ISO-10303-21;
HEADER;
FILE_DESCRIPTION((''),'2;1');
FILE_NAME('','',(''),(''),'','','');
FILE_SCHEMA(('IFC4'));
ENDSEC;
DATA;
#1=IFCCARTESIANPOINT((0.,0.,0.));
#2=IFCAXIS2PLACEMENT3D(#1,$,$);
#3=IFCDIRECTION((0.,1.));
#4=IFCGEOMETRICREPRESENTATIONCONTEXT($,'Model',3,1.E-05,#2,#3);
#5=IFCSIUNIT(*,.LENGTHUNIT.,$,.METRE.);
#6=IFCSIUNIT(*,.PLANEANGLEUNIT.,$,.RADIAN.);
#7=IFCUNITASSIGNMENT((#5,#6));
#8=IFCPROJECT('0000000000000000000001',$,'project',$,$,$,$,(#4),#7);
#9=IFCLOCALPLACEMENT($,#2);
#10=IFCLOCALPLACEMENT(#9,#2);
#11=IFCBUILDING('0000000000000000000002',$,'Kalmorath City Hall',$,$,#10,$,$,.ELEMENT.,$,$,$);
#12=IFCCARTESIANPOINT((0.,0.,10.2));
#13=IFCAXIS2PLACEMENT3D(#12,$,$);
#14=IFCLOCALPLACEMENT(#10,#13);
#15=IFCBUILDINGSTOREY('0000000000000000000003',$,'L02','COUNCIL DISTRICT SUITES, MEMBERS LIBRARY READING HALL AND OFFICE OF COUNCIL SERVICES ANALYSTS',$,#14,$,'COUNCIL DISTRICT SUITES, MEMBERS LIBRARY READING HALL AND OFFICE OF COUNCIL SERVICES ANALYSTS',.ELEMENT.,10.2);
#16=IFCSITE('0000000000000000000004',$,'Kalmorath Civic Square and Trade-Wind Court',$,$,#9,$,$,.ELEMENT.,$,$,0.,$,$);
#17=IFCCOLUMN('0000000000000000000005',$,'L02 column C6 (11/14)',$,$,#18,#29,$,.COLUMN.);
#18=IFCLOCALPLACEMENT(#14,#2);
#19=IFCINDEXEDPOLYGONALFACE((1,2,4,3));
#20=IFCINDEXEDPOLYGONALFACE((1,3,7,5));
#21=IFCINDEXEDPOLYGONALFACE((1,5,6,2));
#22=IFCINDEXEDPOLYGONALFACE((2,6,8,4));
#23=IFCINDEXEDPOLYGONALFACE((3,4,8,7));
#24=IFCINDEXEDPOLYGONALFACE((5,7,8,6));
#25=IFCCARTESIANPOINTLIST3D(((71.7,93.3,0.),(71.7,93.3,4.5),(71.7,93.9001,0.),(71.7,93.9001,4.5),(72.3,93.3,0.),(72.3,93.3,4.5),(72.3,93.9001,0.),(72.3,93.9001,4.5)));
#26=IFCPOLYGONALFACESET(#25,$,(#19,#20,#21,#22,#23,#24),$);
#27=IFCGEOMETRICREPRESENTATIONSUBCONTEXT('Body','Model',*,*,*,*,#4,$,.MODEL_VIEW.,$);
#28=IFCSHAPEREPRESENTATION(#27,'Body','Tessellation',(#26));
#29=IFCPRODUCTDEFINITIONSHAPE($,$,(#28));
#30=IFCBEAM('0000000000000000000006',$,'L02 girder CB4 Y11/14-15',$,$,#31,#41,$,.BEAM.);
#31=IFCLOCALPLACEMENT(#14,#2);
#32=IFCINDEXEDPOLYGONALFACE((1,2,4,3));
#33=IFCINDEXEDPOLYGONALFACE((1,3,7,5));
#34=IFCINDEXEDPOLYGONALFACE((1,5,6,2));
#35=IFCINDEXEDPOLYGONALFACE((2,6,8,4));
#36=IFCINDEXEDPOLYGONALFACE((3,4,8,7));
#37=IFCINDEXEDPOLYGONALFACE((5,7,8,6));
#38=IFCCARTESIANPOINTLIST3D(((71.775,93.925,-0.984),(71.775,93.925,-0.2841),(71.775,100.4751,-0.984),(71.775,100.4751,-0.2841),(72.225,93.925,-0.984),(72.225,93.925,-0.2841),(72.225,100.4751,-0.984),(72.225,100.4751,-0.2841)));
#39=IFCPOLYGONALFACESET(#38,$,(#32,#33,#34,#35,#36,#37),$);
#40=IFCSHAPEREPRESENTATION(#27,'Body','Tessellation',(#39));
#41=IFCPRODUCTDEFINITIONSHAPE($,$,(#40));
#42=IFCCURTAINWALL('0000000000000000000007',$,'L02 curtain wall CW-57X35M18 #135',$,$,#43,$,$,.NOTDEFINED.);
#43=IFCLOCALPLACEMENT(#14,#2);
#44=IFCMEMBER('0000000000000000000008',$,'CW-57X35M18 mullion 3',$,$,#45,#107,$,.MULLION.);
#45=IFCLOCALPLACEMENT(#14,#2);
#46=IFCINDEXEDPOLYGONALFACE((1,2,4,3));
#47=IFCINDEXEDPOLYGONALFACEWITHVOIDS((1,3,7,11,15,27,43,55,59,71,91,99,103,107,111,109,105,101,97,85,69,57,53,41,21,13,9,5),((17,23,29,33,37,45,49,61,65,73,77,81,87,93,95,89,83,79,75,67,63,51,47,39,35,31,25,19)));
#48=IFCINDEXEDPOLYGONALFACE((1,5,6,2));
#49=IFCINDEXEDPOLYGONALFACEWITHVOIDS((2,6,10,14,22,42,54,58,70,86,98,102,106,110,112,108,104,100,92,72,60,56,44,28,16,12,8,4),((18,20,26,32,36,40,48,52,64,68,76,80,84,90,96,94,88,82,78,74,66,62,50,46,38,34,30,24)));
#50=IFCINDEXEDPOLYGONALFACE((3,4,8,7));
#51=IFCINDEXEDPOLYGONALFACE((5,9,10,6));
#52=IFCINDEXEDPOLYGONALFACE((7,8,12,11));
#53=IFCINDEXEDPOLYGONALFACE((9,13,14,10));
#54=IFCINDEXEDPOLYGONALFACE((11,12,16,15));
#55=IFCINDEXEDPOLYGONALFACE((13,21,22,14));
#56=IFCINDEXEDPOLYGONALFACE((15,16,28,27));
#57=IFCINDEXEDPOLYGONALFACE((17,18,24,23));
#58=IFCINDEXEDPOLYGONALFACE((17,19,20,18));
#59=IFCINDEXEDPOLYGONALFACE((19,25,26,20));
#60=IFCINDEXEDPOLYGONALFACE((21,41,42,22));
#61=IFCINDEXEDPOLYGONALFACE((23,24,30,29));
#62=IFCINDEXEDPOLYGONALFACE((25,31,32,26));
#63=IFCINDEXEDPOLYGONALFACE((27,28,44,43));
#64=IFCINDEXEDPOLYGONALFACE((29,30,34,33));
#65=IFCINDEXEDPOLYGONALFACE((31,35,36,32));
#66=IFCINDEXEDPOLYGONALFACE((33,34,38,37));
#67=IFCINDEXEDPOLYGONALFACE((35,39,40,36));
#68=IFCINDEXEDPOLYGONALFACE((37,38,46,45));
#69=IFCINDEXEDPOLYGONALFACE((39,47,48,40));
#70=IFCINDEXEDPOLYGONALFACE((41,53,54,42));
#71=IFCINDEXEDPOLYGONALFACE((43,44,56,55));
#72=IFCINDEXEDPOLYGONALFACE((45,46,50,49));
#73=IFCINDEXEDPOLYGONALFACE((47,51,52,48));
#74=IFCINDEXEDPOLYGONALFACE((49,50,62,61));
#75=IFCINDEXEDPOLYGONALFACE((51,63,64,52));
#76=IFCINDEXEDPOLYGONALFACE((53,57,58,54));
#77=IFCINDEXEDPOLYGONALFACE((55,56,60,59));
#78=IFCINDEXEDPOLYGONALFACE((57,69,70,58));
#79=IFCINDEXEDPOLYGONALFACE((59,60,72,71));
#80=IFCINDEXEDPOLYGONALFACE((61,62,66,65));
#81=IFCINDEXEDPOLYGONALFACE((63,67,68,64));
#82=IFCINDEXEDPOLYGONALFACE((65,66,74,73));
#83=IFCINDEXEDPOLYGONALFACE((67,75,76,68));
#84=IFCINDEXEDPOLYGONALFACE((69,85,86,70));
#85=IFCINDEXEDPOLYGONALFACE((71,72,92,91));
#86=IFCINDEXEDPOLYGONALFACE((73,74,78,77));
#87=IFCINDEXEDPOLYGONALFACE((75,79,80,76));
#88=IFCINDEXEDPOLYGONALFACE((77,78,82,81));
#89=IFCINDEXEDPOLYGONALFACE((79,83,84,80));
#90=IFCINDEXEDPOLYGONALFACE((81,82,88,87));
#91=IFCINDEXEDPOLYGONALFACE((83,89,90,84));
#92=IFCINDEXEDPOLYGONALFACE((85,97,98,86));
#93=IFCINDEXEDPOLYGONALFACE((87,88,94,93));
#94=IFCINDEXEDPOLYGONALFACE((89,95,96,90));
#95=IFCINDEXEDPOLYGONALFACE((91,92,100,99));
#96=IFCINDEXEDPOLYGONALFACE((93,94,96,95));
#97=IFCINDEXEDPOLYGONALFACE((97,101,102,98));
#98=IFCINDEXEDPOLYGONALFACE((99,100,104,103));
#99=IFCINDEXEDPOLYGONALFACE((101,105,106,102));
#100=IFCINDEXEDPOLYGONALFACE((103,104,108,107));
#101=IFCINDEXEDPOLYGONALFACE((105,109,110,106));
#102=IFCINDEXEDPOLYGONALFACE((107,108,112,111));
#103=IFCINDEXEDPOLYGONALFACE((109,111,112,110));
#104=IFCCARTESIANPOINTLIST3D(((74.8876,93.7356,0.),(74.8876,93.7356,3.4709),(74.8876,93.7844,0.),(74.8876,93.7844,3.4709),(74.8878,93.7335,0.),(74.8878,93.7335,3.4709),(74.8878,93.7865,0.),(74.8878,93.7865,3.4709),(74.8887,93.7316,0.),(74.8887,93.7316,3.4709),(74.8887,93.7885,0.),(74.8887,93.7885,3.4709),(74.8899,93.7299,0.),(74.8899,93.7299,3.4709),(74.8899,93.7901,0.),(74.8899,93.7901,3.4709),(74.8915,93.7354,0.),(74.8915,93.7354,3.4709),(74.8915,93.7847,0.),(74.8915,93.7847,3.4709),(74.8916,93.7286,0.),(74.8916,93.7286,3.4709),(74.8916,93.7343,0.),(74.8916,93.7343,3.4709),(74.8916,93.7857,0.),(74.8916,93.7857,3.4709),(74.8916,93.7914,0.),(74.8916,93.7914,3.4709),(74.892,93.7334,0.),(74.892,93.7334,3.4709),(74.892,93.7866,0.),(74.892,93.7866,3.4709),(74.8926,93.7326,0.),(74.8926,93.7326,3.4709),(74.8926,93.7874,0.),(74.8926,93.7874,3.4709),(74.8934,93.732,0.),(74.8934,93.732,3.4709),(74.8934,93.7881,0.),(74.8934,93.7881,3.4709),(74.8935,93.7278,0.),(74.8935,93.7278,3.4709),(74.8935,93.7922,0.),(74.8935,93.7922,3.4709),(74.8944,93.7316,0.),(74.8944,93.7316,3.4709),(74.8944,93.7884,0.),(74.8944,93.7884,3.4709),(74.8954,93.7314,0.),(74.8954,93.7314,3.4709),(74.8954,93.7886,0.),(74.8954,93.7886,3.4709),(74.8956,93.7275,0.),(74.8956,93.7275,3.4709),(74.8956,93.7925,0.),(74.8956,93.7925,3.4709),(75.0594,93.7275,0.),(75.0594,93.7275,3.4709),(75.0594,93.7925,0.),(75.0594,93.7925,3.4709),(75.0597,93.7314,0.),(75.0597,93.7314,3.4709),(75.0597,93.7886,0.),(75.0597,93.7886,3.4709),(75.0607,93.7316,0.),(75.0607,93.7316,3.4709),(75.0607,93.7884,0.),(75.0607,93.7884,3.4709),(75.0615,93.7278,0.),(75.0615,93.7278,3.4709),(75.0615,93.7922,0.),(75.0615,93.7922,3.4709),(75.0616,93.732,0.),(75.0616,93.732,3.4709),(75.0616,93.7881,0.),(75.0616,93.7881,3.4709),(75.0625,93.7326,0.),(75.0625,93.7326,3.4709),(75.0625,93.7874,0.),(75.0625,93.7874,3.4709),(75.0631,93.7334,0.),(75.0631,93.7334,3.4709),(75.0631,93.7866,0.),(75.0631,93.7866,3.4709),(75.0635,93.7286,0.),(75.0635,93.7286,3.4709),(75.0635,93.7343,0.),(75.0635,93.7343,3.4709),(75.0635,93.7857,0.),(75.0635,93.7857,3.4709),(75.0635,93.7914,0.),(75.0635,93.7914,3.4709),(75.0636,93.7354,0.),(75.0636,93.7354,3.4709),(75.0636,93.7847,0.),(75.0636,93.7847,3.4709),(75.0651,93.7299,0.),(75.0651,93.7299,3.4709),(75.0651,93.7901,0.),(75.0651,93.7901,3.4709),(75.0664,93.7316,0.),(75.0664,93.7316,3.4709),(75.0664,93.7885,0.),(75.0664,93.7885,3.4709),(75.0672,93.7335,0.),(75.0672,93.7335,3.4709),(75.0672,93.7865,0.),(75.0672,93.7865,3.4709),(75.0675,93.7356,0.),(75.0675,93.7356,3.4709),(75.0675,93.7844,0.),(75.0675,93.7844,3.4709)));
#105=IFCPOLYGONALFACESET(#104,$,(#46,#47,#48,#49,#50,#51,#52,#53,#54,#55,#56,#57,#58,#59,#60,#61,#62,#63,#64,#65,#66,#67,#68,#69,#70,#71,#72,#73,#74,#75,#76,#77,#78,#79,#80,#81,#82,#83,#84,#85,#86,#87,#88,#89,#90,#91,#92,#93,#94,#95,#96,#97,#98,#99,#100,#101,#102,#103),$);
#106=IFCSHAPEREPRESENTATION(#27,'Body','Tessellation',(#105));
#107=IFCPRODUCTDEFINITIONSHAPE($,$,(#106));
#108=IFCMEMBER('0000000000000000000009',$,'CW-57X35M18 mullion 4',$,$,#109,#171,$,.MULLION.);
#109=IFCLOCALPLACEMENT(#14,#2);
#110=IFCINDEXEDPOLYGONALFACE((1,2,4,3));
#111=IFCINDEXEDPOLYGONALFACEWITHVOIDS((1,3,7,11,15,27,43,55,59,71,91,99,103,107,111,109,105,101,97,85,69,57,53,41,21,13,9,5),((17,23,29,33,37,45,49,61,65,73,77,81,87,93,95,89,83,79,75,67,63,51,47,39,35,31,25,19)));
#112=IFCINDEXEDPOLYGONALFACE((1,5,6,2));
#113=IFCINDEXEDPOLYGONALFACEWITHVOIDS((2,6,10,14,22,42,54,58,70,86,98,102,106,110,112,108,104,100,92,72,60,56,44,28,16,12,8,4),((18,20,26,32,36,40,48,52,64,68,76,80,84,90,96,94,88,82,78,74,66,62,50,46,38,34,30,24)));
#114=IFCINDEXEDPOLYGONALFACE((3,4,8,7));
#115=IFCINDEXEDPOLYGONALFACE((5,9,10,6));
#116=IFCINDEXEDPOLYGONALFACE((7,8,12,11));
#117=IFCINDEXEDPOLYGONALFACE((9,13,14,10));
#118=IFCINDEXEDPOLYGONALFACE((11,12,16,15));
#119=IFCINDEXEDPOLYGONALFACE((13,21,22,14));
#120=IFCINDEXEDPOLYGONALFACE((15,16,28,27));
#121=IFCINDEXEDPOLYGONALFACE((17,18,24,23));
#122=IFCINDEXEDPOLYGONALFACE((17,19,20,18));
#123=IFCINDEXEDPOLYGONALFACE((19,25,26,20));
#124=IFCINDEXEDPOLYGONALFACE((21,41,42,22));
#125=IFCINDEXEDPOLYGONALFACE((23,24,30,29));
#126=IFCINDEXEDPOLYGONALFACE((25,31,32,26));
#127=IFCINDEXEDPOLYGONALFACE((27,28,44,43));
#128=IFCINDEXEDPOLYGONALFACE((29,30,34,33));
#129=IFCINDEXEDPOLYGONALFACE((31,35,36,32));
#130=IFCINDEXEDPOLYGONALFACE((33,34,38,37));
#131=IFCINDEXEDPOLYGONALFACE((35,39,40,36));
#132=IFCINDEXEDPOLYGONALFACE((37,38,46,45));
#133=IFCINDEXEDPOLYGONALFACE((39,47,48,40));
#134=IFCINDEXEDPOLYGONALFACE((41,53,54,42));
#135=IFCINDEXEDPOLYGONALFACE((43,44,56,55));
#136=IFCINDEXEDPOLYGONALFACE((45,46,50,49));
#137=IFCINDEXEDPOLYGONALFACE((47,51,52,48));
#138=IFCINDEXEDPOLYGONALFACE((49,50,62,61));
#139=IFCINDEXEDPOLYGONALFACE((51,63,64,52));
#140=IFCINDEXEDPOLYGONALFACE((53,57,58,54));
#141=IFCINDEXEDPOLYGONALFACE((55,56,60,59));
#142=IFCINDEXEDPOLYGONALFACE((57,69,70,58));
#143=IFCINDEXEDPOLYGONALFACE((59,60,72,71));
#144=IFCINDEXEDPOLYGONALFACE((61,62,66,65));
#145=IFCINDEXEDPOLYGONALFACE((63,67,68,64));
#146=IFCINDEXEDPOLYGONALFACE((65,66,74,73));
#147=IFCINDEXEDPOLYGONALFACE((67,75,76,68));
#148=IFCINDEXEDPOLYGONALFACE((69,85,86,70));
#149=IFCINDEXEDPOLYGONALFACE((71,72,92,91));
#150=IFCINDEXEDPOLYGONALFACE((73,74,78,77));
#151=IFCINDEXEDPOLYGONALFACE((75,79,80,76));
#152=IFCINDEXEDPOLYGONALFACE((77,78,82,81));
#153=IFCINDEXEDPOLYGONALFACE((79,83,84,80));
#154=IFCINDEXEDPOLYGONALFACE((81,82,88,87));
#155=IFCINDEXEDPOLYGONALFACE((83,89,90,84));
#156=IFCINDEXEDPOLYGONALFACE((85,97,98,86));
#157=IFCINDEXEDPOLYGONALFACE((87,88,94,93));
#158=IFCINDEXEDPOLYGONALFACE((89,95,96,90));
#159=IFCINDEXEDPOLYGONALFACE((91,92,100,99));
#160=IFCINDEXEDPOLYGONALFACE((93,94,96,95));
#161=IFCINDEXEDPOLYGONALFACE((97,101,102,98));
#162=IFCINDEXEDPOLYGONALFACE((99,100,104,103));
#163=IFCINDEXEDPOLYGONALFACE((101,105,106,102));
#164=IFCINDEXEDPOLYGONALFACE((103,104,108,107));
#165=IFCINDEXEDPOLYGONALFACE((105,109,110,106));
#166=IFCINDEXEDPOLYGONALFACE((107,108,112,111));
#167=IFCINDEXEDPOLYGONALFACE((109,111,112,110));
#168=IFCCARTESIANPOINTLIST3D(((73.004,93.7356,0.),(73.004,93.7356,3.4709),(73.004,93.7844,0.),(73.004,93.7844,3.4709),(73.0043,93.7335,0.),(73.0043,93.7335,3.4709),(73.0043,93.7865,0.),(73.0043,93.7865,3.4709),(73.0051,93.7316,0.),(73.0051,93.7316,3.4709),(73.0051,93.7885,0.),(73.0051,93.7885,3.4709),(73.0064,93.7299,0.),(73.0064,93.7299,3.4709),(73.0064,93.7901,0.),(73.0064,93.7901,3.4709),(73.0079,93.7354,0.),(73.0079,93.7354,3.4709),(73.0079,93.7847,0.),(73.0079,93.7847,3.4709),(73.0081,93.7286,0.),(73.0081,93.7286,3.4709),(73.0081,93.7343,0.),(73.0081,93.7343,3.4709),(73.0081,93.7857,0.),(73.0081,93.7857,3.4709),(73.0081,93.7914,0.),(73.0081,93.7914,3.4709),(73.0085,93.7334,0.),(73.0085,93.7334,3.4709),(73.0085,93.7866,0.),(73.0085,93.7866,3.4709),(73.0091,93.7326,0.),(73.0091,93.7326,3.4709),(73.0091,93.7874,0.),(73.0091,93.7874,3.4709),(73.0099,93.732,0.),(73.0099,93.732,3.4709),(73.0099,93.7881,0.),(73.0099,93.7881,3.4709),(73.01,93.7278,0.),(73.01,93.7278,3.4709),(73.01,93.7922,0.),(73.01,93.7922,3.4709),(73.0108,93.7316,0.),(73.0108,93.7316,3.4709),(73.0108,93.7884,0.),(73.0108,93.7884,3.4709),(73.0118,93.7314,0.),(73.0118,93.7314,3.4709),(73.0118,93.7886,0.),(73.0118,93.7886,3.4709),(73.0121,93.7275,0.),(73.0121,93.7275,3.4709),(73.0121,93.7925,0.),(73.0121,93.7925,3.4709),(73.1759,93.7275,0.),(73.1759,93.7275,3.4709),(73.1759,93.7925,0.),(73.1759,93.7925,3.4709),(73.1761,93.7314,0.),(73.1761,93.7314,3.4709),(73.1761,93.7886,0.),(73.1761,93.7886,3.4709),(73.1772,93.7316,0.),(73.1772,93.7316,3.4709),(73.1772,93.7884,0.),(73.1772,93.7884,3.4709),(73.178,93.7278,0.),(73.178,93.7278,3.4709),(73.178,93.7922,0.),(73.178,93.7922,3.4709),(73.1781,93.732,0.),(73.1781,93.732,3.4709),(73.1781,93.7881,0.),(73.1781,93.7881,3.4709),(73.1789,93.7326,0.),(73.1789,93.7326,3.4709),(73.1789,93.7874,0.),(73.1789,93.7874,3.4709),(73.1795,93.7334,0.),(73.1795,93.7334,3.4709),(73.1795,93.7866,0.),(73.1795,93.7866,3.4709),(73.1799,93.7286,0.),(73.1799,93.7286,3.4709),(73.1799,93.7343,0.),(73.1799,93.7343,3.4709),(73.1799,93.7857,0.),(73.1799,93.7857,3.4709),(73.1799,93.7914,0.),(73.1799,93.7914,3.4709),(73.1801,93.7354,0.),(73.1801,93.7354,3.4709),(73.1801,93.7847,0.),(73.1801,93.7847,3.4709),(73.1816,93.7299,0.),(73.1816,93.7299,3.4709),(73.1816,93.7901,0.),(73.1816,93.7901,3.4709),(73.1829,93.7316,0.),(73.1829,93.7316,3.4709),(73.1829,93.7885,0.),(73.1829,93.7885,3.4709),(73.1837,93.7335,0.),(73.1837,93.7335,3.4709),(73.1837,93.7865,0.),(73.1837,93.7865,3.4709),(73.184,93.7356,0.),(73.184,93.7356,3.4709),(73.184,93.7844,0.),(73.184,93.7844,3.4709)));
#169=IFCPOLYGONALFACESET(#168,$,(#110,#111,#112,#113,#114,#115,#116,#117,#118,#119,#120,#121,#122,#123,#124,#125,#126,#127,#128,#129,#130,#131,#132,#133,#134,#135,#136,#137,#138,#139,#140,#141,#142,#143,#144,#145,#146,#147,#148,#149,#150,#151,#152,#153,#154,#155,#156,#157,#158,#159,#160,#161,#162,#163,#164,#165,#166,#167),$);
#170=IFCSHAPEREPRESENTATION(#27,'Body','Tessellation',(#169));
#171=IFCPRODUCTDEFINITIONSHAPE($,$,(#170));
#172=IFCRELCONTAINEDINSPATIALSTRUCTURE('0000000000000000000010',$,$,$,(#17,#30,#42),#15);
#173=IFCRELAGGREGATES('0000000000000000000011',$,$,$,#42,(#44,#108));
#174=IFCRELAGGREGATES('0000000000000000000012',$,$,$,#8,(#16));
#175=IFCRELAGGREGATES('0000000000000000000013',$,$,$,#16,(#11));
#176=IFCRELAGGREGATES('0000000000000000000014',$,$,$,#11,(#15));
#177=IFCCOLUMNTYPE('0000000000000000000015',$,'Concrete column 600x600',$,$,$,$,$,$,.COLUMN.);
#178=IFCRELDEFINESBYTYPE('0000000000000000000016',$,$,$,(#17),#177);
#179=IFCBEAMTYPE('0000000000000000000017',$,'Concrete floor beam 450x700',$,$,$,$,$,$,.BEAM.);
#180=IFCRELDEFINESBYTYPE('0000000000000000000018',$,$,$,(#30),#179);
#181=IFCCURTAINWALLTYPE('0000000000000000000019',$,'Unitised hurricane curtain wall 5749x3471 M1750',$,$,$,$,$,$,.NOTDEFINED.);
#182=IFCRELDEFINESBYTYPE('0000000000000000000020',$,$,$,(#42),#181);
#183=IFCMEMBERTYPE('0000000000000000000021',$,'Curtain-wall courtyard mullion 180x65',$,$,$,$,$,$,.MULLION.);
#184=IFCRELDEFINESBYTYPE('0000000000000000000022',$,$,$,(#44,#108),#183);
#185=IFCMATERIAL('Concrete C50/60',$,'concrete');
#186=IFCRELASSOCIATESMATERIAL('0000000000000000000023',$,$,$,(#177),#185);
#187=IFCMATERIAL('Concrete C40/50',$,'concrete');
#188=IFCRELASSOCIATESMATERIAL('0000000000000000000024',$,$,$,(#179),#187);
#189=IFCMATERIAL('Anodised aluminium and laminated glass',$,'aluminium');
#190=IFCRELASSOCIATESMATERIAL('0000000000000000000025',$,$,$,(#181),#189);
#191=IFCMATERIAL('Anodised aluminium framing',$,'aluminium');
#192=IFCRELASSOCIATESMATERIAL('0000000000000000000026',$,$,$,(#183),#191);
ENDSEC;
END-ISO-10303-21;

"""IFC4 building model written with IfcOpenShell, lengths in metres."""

from ifc_helpers import new_model, si_unit, direction, frame, origin, origin_2d, place, context, subcontext, project, spatial, rectangle, hollow_rectangle, extrude, material, material_profile, profile_set, type_object, element, aggregate, save


model = new_model("IFC4")

# Units and contexts
model_context = context("Model", 3, precision=1e-05, world=origin(), true_north=direction((0.0, 1.0)))
body_context = subcontext(model_context, "Body", "Model", "MODEL_VIEW")
ifc_project = project(units=[si_unit("LENGTHUNIT", "METRE"), si_unit("PLANEANGLEUNIT", "RADIAN")], contexts=[model_context])

# Site, building, storey
site_placement = place(None, origin())
site = spatial("IfcSite", under=ifc_project, at=site_placement, Name="Kalmorath Civic Square and Trade-Wind Court", CompositionType="ELEMENT", RefElevation=0.0)
building_placement = place(site_placement, origin())
building = spatial("IfcBuilding", under=site, at=building_placement, Name="Kalmorath City Hall", CompositionType="ELEMENT")
storey_placement = place(building_placement, frame((0.0, 0.0, 10.2)))
storey = spatial("IfcBuildingStorey", under=building, at=storey_placement, Name="L02", Description="COUNCIL DISTRICT SUITES, MEMBERS LIBRARY READING HALL AND OFFICE OF COUNCIL SERVICES ANALYSTS", LongName="COUNCIL DISTRICT SUITES, MEMBERS LIBRARY READING HALL AND OFFICE OF COUNCIL SERVICES ANALYSTS", CompositionType="ELEMENT", Elevation=10.2)

# Column
ifc_material_1 = material(Name="Concrete C50/60", Category="concrete")
ifc_material_profile_1 = material_profile(ifc_material_1, rectangle(XDim=0.6001, YDim=0.6001, at=origin_2d()), Name="RC-COL-600X600")
ifc_profile_set_1 = profile_set([ifc_material_profile_1], Name="Concrete C50/60")
column_type = type_object("IfcColumnType", Name="Concrete column 600x600", PredefinedType="COLUMN", material=ifc_profile_set_1)
column_placement = place(storey_placement, frame((72.0, 93.6001, 0.0), z_axis=(0.0, 0.0, 1.0), x_axis=(1.0, 0.0, 0.0)))
element("IfcColumn", 1, at=column_placement, inside=storey, type_object=column_type, Name="L02 column C6 (11/14)", PredefinedType="COLUMN", context=body_context, shape_type="SweptSolid", body=[
    extrude(rectangle(XDim=0.6001, YDim=0.6001, at=origin_2d()), origin(), (0.0, 0.0, 1.0), 4.5),
])

# Beam
ifc_material_2 = material(Name="Concrete C40/50", Category="concrete")
ifc_material_profile_2 = material_profile(ifc_material_2, rectangle(XDim=0.45, YDim=0.7, at=origin_2d()), Name="RC-BM-450X700")
ifc_profile_set_2 = profile_set([ifc_material_profile_2], Name="Concrete C40/50")
beam_type_1 = type_object("IfcBeamType", Name="Concrete floor beam 450x700", PredefinedType="BEAM", material=ifc_profile_set_2)
beam_1_placement = place(storey_placement, frame((72.0, 93.925, -0.634), z_axis=(0.0, 1.0, 0.0), x_axis=(-1.0, 0.0, 0.0)))
element("IfcBeam", 2, at=beam_1_placement, inside=storey, type_object=beam_type_1, Name="L02 girder CB4 Y11/14-15", PredefinedType="BEAM", context=body_context, shape_type="SweptSolid", body=[
    extrude(rectangle(XDim=0.45, YDim=0.7, at=origin_2d()), origin(), (0.0, 0.0, 1.0), 6.55),
])

# Curtain wall, members
ifc_material_3 = material(Name="Anodised aluminium and laminated glass", Category="aluminium")
curtain_wall_type = type_object("IfcCurtainWallType", Name="Unitised hurricane curtain wall 5749x3471 M1750", PredefinedType="NOTDEFINED", material=ifc_material_3)
curtain_wall_placement = place(storey_placement, origin())
curtain_wall = element("IfcCurtainWall", 3, at=curtain_wall_placement, inside=storey, type_object=curtain_wall_type, Name="L02 curtain wall CW-57X35M18 #135", PredefinedType="NOTDEFINED")
ifc_material_4 = material(Name="Anodised aluminium framing", Category="aluminium")
ifc_material_profile_3 = material_profile(ifc_material_4, hollow_rectangle(XDim=0.0649, YDim=0.1799, WallThickness=0.0039, InnerFilletRadius=0.0039, OuterFilletRadius=0.0081, at=origin_2d()), Name="ALU-MUL-180X65X4")
ifc_profile_set_3 = profile_set([ifc_material_profile_3], Name="Anodised aluminium framing")
member_type_1 = type_object("IfcMemberType", Name="Curtain-wall courtyard mullion 180x65", PredefinedType="MULLION", material=ifc_profile_set_3)
member_1_placement = place(storey_placement, frame((74.9775, 93.76, 0.0), z_axis=(0.0, 0.0, 1.0), x_axis=(0.0, -1.0, 0.0)))
member_1 = element("IfcMember", 4, at=member_1_placement, type_object=member_type_1, Name="CW-57X35M18 mullion 3", PredefinedType="MULLION", context=body_context, shape_type="SweptSolid", body=[
    extrude(hollow_rectangle(XDim=0.0649, YDim=0.1799, WallThickness=0.0039, InnerFilletRadius=0.0039, OuterFilletRadius=0.0081, at=origin_2d()), origin(), (0.0, 0.0, 1.0), 3.4709),
])
member_2_placement = place(storey_placement, frame((73.094, 93.76, 0.0), z_axis=(0.0, 0.0, 1.0), x_axis=(0.0, -1.0, 0.0)))
member_2 = element("IfcMember", 5, at=member_2_placement, type_object=member_type_1, Name="CW-57X35M18 mullion 4", PredefinedType="MULLION", context=body_context, shape_type="SweptSolid", body=[
    extrude(hollow_rectangle(XDim=0.0649, YDim=0.1799, WallThickness=0.0039, InnerFilletRadius=0.0039, OuterFilletRadius=0.0081, at=origin_2d()), origin(), (0.0, 0.0, 1.0), 3.4709),
])

aggregate(curtain_wall, [member_1, member_2])

save(model, "model.ifc")
